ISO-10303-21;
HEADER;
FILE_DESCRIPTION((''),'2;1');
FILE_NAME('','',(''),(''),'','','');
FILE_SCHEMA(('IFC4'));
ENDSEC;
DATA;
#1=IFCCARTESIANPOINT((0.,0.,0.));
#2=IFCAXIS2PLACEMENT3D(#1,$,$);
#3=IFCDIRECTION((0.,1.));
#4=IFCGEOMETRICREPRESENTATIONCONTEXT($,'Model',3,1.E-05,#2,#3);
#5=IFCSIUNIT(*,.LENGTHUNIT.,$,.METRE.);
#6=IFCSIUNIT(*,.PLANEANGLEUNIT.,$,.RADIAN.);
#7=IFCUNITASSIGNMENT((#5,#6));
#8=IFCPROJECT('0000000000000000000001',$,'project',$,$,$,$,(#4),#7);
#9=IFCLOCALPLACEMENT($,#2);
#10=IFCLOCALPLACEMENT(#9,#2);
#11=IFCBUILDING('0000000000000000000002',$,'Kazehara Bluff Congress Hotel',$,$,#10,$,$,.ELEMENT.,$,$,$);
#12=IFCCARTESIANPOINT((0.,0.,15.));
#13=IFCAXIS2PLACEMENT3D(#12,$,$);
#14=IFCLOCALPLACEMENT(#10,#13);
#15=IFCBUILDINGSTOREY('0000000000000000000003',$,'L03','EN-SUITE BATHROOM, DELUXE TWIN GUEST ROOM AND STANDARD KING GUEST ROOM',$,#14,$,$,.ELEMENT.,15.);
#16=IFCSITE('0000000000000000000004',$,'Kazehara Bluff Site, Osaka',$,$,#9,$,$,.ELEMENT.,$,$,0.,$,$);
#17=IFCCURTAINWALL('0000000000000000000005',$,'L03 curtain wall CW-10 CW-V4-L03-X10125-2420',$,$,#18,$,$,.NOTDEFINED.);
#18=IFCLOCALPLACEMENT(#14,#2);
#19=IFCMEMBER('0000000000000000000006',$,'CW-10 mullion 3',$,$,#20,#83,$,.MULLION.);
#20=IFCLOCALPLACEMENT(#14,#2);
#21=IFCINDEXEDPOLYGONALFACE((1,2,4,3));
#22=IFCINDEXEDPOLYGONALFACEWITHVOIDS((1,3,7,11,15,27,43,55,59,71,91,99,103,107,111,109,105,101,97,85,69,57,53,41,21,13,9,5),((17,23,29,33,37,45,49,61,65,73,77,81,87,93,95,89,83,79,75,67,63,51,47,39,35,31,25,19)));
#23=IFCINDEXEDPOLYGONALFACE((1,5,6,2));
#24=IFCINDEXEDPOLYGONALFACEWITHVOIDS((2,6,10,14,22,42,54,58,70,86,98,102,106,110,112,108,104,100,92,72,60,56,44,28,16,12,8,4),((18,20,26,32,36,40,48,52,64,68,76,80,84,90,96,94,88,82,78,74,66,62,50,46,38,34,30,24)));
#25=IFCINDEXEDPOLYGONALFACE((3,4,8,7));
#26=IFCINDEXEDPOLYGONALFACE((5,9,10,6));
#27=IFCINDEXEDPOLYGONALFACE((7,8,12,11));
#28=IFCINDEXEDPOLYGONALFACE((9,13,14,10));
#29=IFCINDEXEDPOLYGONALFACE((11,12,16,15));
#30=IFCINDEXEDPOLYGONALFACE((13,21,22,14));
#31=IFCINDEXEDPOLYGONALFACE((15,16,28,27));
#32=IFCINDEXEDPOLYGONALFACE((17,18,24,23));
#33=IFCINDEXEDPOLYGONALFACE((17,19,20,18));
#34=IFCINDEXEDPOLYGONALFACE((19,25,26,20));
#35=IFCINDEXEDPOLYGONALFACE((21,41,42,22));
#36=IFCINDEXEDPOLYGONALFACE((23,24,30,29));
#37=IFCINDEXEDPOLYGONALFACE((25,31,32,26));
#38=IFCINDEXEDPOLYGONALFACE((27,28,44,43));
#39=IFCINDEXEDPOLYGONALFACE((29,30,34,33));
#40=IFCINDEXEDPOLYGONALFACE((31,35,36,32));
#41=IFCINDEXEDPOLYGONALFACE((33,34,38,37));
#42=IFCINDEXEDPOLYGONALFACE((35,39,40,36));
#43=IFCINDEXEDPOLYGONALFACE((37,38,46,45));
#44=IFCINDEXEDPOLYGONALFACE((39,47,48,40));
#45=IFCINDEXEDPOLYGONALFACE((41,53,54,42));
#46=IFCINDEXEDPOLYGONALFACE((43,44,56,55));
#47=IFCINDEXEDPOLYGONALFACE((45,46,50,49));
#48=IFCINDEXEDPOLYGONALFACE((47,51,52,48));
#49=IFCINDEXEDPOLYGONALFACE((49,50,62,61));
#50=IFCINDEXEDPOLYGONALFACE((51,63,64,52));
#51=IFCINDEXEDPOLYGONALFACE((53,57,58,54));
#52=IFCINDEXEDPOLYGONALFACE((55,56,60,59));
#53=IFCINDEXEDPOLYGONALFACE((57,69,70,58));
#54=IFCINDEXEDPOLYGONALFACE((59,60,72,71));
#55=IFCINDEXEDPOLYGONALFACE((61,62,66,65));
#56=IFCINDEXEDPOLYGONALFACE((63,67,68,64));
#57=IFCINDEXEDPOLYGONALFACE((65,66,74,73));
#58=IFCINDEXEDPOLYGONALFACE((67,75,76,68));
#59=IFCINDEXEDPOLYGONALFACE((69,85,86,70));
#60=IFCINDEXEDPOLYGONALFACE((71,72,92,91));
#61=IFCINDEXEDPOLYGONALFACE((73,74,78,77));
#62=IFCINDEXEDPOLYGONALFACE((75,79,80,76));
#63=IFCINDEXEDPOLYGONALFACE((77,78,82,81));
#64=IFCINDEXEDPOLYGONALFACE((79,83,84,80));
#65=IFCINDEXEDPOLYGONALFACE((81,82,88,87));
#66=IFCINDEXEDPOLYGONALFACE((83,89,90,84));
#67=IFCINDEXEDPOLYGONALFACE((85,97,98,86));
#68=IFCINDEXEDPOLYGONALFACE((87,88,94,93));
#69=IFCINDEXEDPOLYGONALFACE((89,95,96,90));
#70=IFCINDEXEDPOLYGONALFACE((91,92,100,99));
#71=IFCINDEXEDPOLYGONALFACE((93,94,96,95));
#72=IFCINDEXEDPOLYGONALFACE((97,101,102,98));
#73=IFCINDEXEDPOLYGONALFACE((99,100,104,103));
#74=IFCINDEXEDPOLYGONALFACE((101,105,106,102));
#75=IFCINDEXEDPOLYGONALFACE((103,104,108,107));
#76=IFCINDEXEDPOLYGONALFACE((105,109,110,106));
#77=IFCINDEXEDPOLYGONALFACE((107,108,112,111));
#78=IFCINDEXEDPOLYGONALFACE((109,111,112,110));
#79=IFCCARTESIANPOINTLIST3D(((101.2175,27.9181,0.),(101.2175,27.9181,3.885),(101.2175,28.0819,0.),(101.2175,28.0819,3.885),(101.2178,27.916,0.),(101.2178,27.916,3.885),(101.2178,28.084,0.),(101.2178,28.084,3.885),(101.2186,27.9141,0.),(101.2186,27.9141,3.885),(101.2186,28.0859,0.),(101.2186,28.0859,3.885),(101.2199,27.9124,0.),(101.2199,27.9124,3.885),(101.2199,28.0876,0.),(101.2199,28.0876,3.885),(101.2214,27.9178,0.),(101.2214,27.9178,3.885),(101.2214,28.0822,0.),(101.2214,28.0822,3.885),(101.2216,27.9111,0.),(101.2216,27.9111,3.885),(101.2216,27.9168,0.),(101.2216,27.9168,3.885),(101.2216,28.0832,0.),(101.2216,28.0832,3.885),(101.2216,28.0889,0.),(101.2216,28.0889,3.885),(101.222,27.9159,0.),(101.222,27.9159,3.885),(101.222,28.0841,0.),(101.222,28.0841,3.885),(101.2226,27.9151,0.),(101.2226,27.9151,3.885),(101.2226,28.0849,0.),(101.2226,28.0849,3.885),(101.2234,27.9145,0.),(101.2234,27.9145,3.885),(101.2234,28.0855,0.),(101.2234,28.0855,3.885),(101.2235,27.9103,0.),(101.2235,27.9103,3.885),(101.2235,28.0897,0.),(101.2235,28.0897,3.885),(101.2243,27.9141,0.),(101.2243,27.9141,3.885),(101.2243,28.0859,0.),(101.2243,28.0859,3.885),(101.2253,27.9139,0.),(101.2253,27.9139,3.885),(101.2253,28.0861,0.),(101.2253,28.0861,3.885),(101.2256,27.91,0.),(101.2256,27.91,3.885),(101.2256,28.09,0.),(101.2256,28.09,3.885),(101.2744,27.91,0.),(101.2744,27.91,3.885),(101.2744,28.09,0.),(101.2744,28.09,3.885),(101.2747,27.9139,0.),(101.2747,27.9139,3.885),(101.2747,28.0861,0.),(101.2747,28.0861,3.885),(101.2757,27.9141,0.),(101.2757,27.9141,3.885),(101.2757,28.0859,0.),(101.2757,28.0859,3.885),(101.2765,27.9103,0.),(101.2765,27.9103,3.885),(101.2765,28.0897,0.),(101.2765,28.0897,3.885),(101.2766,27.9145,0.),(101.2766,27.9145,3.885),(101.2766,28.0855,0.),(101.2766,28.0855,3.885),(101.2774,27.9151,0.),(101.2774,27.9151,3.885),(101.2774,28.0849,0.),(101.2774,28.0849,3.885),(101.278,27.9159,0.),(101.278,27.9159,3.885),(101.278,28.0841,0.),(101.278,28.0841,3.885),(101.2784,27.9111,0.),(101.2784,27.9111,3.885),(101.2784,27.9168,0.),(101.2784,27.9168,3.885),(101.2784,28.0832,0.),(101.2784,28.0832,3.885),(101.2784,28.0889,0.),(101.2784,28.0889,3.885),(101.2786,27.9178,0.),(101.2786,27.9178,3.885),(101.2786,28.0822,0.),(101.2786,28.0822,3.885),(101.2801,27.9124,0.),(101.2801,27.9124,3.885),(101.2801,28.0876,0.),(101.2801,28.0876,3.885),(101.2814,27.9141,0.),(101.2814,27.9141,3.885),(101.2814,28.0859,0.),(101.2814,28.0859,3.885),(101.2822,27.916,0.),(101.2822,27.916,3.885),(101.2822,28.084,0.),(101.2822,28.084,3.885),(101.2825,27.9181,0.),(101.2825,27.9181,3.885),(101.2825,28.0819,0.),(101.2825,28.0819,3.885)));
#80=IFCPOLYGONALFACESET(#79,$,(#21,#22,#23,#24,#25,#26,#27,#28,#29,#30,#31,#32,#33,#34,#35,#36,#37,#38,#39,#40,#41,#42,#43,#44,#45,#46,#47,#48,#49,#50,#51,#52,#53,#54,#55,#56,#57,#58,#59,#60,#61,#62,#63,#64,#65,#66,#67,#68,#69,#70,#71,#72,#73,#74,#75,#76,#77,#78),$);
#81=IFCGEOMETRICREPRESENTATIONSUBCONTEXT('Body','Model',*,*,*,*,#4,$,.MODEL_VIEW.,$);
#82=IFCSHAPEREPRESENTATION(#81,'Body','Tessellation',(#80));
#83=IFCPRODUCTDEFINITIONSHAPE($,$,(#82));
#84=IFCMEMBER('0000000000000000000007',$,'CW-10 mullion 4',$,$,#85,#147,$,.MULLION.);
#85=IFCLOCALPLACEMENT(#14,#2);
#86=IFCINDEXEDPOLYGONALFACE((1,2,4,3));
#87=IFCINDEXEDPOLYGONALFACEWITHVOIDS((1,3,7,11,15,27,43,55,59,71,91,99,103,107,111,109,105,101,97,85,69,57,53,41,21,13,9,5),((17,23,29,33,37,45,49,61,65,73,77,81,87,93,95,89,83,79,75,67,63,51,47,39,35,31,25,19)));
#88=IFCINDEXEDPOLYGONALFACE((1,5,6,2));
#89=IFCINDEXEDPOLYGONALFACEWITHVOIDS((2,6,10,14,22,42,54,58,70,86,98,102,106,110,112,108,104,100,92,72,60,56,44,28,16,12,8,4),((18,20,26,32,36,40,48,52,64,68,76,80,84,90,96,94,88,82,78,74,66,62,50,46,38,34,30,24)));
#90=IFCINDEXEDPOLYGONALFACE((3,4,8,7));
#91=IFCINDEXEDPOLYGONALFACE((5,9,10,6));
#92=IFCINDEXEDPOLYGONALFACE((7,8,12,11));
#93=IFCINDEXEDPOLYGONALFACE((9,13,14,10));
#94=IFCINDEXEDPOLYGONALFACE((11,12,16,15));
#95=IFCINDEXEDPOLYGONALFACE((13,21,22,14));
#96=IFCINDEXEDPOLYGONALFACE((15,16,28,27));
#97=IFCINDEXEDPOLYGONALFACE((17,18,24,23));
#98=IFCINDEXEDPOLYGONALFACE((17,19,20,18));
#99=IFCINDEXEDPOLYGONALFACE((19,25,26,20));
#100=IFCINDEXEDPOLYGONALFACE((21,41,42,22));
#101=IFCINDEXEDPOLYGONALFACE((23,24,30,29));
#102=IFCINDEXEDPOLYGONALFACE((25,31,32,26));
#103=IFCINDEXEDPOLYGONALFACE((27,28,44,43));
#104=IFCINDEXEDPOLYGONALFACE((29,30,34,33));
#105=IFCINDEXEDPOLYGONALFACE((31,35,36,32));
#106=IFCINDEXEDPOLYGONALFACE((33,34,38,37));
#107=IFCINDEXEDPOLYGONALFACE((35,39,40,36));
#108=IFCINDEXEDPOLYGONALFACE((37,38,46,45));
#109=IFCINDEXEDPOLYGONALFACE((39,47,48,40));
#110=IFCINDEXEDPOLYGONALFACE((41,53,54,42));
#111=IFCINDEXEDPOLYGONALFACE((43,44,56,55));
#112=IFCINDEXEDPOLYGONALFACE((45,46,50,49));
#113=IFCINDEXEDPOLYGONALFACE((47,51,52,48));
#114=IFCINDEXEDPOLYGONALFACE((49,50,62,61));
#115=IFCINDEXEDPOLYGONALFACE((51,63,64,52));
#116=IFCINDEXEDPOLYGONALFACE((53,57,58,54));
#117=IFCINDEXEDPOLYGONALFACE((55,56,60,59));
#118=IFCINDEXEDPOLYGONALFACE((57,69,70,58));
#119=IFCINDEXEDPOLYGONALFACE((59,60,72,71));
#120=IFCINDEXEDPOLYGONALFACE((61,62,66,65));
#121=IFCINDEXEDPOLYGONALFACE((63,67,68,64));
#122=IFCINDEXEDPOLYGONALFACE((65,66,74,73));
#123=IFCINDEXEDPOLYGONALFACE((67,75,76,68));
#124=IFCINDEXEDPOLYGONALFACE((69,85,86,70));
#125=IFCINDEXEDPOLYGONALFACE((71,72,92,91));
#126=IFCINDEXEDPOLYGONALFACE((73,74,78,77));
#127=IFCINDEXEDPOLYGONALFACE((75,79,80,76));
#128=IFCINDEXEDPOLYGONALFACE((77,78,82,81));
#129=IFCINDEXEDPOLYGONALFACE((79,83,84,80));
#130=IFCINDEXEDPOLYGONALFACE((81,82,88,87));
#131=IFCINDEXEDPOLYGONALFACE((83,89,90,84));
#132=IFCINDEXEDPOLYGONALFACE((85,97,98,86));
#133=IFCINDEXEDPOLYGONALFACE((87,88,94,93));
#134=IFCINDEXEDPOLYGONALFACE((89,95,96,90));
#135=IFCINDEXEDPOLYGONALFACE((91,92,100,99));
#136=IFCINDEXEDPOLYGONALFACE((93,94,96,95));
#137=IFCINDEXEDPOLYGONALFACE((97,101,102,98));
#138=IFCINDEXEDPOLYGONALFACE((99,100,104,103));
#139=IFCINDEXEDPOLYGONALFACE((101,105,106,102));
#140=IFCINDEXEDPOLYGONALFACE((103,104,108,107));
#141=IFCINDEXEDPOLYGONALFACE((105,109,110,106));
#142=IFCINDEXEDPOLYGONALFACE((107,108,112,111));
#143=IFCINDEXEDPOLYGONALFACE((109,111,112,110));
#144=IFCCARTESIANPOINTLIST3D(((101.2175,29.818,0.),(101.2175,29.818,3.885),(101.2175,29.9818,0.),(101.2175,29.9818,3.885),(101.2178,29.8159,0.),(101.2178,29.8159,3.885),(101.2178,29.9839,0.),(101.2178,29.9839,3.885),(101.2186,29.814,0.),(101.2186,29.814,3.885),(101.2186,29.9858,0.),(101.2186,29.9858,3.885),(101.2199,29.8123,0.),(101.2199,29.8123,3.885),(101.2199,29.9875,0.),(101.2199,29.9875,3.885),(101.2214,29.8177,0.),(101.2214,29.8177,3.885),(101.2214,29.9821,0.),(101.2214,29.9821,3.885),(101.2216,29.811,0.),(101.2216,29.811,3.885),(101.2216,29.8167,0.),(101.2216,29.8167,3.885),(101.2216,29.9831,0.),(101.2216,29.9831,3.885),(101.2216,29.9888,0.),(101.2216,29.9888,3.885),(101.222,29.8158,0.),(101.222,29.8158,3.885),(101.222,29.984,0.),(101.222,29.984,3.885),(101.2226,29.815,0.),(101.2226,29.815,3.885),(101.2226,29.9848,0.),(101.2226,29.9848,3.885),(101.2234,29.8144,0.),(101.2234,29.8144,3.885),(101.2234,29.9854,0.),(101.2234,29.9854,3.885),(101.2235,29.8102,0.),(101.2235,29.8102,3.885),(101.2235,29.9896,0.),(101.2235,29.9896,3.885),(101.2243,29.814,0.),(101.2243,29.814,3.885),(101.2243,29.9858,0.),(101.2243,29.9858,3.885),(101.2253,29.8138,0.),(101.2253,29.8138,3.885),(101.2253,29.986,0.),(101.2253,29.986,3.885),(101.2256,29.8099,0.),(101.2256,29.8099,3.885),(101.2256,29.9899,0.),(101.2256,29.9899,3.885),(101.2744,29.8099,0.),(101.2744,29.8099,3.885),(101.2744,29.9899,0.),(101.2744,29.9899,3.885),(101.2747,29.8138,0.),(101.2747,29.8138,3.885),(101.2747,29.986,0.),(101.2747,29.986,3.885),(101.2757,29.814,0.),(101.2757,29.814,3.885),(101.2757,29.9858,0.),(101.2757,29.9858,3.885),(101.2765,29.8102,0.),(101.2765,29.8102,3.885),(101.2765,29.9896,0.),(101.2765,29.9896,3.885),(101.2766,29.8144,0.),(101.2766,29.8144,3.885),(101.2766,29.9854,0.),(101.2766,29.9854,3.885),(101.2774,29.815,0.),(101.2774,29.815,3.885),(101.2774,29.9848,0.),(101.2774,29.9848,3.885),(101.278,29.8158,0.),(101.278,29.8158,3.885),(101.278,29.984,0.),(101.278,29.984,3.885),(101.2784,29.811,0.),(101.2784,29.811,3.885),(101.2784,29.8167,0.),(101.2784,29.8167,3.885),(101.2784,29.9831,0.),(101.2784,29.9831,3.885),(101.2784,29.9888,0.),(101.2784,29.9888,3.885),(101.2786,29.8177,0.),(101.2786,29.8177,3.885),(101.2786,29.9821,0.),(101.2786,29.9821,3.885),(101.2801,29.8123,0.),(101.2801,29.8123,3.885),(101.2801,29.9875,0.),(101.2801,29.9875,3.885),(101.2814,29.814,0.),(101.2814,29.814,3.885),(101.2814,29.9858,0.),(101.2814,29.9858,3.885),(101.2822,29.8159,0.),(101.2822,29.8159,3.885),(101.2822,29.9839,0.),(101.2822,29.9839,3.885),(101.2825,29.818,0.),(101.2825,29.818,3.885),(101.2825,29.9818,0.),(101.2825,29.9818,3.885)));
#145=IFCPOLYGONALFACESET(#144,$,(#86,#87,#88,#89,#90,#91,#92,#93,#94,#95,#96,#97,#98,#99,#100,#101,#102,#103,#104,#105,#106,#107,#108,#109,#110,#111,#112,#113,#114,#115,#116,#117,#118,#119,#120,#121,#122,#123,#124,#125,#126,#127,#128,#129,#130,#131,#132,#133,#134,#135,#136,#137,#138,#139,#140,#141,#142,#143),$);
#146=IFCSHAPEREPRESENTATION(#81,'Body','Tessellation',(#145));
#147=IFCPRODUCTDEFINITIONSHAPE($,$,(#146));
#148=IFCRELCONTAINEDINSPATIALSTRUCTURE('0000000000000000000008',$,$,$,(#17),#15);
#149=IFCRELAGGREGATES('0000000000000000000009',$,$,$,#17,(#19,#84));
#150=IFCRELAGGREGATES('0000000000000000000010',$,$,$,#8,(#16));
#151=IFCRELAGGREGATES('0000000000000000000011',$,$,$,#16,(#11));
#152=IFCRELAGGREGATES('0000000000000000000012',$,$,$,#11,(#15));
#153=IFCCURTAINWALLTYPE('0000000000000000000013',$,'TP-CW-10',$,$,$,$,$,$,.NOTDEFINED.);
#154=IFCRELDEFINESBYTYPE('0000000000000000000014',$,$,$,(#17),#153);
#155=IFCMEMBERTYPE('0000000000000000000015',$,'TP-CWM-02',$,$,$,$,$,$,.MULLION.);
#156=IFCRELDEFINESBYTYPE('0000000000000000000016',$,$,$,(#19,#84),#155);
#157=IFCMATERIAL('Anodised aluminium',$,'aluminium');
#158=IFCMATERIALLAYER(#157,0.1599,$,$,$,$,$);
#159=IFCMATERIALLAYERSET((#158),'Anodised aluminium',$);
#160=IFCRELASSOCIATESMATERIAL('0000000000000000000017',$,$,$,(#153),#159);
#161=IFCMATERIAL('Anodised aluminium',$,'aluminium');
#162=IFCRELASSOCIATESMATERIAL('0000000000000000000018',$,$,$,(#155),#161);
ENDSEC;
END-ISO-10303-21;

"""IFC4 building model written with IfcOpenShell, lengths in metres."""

from ifc_helpers import new_model, si_unit, direction, frame, origin, origin_2d, place, context, subcontext, project, spatial, hollow_rectangle, extrude, material, layer, layer_set, material_profile, profile_set, type_object, element, aggregate, save


model = new_model("IFC4")

# Units and contexts
model_context = context("Model", 3, precision=1e-05, world=origin(), true_north=direction((0.0, 1.0)))
body_context = subcontext(model_context, "Body", "Model", "MODEL_VIEW")
ifc_project = project(units=[si_unit("LENGTHUNIT", "METRE"), si_unit("PLANEANGLEUNIT", "RADIAN")], contexts=[model_context])

# Site, building, storey
site_placement = place(None, origin())
site = spatial("IfcSite", under=ifc_project, at=site_placement, Name="Kazehara Bluff Site, Osaka", CompositionType="ELEMENT", RefElevation=0.0)
building_placement = place(site_placement, origin())
building = spatial("IfcBuilding", under=site, at=building_placement, Name="Kazehara Bluff Congress Hotel", CompositionType="ELEMENT")
storey_placement = place(building_placement, frame((0.0, 0.0, 15.0)))
storey = spatial("IfcBuildingStorey", under=building, at=storey_placement, Name="L03", Description="EN-SUITE BATHROOM, DELUXE TWIN GUEST ROOM AND STANDARD KING GUEST ROOM", CompositionType="ELEMENT", Elevation=15.0)

# Curtain wall, members
ifc_material_1 = material(Name="Anodised aluminium", Category="aluminium")
ifc_layer_1 = layer(ifc_material_1, 0.1599)
ifc_layer_set_1 = layer_set([ifc_layer_1], Name="Anodised aluminium")
curtain_wall_type = type_object("IfcCurtainWallType", Name="TP-CW-10", PredefinedType="NOTDEFINED", material=ifc_layer_set_1)
curtain_wall_placement = place(storey_placement, origin())
curtain_wall = element("IfcCurtainWall", 1, at=curtain_wall_placement, inside=storey, type_object=curtain_wall_type, Name="L03 curtain wall CW-10 CW-V4-L03-X10125-2420", PredefinedType="NOTDEFINED")
ifc_material_2 = material(Name="Anodised aluminium", Category="aluminium")
ifc_material_profile_1 = material_profile(ifc_material_2, hollow_rectangle(XDim=0.0649, YDim=0.1799, WallThickness=0.0039, InnerFilletRadius=0.0039, OuterFilletRadius=0.0081, at=origin_2d()))
ifc_profile_set_1 = profile_set([ifc_material_profile_1], Name="Anodised aluminium")
member_type_1 = type_object("IfcMemberType", Name="TP-CWM-02", PredefinedType="MULLION", material=ifc_profile_set_1)
member_1_placement = place(storey_placement, frame((101.25, 28.0, 0.0), z_axis=(0.0, 0.0, 1.0), x_axis=(-1.0, 0.0, 0.0)))
member_1 = element("IfcMember", 2, at=member_1_placement, type_object=member_type_1, Name="CW-10 mullion 3", PredefinedType="MULLION", context=body_context, shape_type="SweptSolid", body=[
    extrude(hollow_rectangle(XDim=0.0649, YDim=0.1799, WallThickness=0.0039, InnerFilletRadius=0.0039, OuterFilletRadius=0.0081, at=origin_2d()), origin(), (0.0, 0.0, 1.0), 3.885),
])
member_2_placement = place(storey_placement, frame((101.25, 29.8999, 0.0), z_axis=(0.0, 0.0, 1.0), x_axis=(-1.0, 0.0, 0.0)))
member_2 = element("IfcMember", 3, at=member_2_placement, type_object=member_type_1, Name="CW-10 mullion 4", PredefinedType="MULLION", context=body_context, shape_type="SweptSolid", body=[
    extrude(hollow_rectangle(XDim=0.0649, YDim=0.1799, WallThickness=0.0039, InnerFilletRadius=0.0039, OuterFilletRadius=0.0081, at=origin_2d()), origin(), (0.0, 0.0, 1.0), 3.885),
])

aggregate(curtain_wall, [member_1, member_2])

save(model, "model.ifc")
